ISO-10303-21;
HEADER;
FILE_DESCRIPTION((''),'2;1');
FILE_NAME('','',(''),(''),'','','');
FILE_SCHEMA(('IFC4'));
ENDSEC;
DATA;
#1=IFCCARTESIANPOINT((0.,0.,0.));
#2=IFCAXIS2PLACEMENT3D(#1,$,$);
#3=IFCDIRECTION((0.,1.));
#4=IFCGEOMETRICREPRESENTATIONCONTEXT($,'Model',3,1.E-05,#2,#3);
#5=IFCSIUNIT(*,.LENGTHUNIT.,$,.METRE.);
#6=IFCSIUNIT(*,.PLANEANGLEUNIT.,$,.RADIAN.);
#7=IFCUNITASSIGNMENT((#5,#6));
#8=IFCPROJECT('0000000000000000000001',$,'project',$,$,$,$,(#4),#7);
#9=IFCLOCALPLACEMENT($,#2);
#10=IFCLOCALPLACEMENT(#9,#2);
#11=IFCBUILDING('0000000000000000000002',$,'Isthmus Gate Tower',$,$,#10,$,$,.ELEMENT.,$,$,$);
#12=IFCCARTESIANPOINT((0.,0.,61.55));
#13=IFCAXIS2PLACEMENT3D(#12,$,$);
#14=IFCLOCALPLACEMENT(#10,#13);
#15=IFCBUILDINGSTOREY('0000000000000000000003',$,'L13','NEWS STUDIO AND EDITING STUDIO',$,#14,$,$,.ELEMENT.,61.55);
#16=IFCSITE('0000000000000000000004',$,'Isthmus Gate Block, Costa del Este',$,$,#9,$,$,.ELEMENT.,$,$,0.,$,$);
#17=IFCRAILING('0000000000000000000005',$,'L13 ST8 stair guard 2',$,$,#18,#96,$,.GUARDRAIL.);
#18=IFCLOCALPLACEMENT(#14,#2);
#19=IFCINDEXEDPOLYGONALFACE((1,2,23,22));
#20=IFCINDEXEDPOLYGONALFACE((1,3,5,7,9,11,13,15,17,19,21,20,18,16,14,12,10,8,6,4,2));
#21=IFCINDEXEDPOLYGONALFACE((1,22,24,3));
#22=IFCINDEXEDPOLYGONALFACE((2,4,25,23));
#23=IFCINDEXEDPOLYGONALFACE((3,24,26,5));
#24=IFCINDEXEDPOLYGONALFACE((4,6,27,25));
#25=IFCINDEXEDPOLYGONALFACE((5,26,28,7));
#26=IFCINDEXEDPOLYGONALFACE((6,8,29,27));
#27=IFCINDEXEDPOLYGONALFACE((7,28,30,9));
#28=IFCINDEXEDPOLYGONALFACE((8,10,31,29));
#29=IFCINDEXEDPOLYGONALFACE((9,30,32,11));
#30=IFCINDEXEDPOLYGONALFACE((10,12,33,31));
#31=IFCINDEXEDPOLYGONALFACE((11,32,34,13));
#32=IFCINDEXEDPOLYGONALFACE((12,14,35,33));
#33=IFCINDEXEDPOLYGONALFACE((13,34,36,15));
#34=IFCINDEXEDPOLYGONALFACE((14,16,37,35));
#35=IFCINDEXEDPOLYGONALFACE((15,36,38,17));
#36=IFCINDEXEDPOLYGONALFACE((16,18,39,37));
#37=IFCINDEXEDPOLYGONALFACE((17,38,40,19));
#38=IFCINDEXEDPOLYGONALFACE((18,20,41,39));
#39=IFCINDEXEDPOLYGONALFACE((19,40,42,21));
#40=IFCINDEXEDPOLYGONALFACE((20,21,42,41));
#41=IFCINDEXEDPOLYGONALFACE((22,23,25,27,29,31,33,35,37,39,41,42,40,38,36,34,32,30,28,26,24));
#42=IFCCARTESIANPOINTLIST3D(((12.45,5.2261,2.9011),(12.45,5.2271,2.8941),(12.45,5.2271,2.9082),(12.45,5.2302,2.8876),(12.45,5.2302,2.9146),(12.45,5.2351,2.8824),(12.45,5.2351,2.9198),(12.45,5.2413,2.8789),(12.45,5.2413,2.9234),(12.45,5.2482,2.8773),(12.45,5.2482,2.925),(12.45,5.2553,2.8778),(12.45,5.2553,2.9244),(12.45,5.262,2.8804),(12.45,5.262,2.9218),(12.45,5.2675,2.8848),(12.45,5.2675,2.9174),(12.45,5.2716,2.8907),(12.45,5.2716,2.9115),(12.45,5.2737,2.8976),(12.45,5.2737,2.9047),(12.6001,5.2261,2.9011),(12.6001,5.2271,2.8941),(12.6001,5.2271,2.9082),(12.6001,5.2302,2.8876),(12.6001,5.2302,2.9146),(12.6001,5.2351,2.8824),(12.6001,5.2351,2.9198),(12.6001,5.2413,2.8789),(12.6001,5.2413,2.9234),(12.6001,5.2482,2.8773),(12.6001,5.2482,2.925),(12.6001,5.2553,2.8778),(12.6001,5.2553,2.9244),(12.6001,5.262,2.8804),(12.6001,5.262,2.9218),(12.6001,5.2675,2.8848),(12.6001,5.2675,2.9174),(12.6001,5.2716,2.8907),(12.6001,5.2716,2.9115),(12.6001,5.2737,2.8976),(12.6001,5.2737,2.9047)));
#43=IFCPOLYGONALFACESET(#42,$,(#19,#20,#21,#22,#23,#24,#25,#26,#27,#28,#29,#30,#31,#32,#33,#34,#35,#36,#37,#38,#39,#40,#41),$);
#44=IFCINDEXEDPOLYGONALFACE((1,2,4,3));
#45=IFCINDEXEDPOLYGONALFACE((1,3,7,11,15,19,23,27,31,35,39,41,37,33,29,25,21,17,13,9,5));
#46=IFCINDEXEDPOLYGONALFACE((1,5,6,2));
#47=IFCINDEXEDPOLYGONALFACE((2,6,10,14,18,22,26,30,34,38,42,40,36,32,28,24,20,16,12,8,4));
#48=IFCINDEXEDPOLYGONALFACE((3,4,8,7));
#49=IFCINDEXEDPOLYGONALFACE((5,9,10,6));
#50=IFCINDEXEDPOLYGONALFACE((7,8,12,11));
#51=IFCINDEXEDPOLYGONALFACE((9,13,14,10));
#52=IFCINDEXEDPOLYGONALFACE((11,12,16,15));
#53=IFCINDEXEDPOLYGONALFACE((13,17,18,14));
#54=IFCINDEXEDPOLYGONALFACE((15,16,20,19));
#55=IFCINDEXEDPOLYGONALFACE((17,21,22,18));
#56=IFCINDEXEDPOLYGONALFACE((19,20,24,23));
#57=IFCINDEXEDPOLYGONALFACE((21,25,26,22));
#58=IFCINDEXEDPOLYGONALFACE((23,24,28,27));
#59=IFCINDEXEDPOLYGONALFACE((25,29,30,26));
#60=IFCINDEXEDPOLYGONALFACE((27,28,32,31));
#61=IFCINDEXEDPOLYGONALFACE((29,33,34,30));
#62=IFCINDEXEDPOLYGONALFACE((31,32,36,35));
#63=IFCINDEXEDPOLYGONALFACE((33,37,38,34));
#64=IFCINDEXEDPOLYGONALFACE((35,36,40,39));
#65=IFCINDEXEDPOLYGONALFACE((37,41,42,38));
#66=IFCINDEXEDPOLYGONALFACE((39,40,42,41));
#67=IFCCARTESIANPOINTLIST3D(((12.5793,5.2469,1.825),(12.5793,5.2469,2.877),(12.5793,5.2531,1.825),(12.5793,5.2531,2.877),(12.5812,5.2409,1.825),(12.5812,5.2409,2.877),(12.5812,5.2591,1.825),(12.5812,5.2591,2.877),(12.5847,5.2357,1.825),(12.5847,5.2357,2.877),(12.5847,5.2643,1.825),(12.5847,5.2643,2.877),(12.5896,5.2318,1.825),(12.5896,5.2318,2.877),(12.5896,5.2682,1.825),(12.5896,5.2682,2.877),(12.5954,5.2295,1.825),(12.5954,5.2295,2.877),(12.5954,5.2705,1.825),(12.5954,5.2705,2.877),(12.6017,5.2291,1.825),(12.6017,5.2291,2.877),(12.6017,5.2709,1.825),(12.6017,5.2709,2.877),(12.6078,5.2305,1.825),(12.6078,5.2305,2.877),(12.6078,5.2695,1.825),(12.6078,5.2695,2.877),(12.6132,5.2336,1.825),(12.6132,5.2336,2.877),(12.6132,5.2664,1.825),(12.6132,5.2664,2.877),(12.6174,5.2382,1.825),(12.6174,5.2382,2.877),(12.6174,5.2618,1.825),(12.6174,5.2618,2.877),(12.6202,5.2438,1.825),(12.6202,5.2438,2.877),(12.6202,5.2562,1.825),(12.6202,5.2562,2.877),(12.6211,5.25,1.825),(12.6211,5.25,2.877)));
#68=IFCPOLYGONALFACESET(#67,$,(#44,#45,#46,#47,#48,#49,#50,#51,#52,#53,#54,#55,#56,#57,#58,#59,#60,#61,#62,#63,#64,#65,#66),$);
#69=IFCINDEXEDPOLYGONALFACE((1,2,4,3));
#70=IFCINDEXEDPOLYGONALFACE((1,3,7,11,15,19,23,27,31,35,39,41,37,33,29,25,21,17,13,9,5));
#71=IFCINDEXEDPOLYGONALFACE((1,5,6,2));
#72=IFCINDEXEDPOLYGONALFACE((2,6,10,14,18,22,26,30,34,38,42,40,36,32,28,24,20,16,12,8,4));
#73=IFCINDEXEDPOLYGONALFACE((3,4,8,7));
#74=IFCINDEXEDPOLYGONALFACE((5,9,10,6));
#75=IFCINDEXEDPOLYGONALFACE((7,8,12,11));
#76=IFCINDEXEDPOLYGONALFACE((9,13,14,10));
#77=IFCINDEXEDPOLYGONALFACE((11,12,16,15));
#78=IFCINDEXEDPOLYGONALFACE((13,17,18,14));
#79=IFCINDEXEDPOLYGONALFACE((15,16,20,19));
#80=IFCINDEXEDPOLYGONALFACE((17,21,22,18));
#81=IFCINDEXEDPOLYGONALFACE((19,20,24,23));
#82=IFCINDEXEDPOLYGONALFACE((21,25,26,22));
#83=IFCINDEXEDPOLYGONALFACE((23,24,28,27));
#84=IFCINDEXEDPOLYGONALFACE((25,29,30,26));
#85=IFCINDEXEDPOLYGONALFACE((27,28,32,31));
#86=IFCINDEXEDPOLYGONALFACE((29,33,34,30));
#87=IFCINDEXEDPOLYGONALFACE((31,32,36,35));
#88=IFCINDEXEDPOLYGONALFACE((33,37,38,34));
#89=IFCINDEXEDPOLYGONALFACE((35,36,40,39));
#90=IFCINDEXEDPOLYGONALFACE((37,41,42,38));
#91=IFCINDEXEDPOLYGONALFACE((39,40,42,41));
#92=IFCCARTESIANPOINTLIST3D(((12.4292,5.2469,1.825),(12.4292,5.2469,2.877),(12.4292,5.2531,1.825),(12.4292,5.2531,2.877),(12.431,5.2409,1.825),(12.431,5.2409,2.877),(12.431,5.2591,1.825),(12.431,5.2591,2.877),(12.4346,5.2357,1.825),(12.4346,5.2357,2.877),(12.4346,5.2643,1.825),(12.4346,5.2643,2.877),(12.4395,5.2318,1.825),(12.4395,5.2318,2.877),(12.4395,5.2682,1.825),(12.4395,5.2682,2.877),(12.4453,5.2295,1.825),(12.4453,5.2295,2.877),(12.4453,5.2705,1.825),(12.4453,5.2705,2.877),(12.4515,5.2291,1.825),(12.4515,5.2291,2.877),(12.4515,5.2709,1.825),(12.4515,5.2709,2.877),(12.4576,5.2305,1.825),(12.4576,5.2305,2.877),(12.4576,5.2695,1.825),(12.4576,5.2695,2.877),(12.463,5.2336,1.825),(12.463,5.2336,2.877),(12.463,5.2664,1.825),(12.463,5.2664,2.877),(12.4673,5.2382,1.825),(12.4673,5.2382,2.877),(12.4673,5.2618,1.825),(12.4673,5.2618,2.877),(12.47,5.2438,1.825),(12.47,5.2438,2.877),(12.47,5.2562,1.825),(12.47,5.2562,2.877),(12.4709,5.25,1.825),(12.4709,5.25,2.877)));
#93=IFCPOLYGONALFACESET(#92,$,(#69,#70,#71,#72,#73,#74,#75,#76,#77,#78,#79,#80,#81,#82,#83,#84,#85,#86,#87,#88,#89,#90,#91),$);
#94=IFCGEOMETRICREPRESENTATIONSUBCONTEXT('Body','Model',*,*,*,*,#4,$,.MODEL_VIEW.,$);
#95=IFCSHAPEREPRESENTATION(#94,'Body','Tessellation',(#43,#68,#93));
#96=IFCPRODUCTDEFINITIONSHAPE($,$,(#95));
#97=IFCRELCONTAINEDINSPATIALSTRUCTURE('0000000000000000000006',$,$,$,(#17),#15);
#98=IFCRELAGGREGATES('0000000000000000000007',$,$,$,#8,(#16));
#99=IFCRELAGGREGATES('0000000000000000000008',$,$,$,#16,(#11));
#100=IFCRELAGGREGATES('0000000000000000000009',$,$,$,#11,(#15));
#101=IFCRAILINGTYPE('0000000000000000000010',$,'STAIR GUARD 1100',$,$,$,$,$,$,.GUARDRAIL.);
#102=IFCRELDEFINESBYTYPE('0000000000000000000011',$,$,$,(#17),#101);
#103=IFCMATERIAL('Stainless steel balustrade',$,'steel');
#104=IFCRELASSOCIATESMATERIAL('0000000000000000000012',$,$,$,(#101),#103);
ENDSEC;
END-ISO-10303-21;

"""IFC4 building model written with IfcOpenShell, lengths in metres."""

from ifc_helpers import new_model, si_unit, direction, frame, origin, origin_2d, place, context, subcontext, project, spatial, circle, extrude, material, type_object, element, save


model = new_model("IFC4")

# Units and contexts
model_context = context("Model", 3, precision=1e-05, world=origin(), true_north=direction((0.0, 1.0)))
body_context = subcontext(model_context, "Body", "Model", "MODEL_VIEW")
ifc_project = project(units=[si_unit("LENGTHUNIT", "METRE"), si_unit("PLANEANGLEUNIT", "RADIAN")], contexts=[model_context])

# Site, building, storey
site_placement = place(None, origin())
site = spatial("IfcSite", under=ifc_project, at=site_placement, Name="Isthmus Gate Block, Costa del Este", CompositionType="ELEMENT", RefElevation=0.0)
building_placement = place(site_placement, origin())
building = spatial("IfcBuilding", under=site, at=building_placement, Name="Isthmus Gate Tower", CompositionType="ELEMENT")
storey_placement = place(building_placement, frame((0.0, 0.0, 61.55)))
storey = spatial("IfcBuildingStorey", under=building, at=storey_placement, Name="L13", Description="NEWS STUDIO AND EDITING STUDIO", CompositionType="ELEMENT", Elevation=61.55)

# Railing
ifc_material_1 = material(Name="Stainless steel balustrade", Category="steel")
railing_type_1 = type_object("IfcRailingType", Name="STAIR GUARD 1100", PredefinedType="GUARDRAIL", material=ifc_material_1)
railing_1_placement = place(storey_placement, frame((12.6001, 5.25, 1.825)))
element("IfcRailing", 1, at=railing_1_placement, inside=storey, type_object=railing_type_1, Name="L13 ST8 stair guard 2", PredefinedType="GUARDRAIL", context=body_context, shape_type="SweptSolid", body=[
    extrude(circle(Radius=0.0239, at=origin_2d()), frame((0.0, 0.0, 1.0762), z_axis=(-1.0, 0.0, 0.0), x_axis=(0.0, -1.0, 0.0)), (0.0, 0.0, 1.0), 0.1501),
    extrude(circle(Radius=0.021, at=origin_2d()), origin(), (0.0, 0.0, 1.0), 1.052),
    extrude(circle(Radius=0.021, at=origin_2d()), frame((-0.1501, 0.0, 0.0)), (0.0, 0.0, 1.0), 1.052),
])

save(model, "model.ifc")
